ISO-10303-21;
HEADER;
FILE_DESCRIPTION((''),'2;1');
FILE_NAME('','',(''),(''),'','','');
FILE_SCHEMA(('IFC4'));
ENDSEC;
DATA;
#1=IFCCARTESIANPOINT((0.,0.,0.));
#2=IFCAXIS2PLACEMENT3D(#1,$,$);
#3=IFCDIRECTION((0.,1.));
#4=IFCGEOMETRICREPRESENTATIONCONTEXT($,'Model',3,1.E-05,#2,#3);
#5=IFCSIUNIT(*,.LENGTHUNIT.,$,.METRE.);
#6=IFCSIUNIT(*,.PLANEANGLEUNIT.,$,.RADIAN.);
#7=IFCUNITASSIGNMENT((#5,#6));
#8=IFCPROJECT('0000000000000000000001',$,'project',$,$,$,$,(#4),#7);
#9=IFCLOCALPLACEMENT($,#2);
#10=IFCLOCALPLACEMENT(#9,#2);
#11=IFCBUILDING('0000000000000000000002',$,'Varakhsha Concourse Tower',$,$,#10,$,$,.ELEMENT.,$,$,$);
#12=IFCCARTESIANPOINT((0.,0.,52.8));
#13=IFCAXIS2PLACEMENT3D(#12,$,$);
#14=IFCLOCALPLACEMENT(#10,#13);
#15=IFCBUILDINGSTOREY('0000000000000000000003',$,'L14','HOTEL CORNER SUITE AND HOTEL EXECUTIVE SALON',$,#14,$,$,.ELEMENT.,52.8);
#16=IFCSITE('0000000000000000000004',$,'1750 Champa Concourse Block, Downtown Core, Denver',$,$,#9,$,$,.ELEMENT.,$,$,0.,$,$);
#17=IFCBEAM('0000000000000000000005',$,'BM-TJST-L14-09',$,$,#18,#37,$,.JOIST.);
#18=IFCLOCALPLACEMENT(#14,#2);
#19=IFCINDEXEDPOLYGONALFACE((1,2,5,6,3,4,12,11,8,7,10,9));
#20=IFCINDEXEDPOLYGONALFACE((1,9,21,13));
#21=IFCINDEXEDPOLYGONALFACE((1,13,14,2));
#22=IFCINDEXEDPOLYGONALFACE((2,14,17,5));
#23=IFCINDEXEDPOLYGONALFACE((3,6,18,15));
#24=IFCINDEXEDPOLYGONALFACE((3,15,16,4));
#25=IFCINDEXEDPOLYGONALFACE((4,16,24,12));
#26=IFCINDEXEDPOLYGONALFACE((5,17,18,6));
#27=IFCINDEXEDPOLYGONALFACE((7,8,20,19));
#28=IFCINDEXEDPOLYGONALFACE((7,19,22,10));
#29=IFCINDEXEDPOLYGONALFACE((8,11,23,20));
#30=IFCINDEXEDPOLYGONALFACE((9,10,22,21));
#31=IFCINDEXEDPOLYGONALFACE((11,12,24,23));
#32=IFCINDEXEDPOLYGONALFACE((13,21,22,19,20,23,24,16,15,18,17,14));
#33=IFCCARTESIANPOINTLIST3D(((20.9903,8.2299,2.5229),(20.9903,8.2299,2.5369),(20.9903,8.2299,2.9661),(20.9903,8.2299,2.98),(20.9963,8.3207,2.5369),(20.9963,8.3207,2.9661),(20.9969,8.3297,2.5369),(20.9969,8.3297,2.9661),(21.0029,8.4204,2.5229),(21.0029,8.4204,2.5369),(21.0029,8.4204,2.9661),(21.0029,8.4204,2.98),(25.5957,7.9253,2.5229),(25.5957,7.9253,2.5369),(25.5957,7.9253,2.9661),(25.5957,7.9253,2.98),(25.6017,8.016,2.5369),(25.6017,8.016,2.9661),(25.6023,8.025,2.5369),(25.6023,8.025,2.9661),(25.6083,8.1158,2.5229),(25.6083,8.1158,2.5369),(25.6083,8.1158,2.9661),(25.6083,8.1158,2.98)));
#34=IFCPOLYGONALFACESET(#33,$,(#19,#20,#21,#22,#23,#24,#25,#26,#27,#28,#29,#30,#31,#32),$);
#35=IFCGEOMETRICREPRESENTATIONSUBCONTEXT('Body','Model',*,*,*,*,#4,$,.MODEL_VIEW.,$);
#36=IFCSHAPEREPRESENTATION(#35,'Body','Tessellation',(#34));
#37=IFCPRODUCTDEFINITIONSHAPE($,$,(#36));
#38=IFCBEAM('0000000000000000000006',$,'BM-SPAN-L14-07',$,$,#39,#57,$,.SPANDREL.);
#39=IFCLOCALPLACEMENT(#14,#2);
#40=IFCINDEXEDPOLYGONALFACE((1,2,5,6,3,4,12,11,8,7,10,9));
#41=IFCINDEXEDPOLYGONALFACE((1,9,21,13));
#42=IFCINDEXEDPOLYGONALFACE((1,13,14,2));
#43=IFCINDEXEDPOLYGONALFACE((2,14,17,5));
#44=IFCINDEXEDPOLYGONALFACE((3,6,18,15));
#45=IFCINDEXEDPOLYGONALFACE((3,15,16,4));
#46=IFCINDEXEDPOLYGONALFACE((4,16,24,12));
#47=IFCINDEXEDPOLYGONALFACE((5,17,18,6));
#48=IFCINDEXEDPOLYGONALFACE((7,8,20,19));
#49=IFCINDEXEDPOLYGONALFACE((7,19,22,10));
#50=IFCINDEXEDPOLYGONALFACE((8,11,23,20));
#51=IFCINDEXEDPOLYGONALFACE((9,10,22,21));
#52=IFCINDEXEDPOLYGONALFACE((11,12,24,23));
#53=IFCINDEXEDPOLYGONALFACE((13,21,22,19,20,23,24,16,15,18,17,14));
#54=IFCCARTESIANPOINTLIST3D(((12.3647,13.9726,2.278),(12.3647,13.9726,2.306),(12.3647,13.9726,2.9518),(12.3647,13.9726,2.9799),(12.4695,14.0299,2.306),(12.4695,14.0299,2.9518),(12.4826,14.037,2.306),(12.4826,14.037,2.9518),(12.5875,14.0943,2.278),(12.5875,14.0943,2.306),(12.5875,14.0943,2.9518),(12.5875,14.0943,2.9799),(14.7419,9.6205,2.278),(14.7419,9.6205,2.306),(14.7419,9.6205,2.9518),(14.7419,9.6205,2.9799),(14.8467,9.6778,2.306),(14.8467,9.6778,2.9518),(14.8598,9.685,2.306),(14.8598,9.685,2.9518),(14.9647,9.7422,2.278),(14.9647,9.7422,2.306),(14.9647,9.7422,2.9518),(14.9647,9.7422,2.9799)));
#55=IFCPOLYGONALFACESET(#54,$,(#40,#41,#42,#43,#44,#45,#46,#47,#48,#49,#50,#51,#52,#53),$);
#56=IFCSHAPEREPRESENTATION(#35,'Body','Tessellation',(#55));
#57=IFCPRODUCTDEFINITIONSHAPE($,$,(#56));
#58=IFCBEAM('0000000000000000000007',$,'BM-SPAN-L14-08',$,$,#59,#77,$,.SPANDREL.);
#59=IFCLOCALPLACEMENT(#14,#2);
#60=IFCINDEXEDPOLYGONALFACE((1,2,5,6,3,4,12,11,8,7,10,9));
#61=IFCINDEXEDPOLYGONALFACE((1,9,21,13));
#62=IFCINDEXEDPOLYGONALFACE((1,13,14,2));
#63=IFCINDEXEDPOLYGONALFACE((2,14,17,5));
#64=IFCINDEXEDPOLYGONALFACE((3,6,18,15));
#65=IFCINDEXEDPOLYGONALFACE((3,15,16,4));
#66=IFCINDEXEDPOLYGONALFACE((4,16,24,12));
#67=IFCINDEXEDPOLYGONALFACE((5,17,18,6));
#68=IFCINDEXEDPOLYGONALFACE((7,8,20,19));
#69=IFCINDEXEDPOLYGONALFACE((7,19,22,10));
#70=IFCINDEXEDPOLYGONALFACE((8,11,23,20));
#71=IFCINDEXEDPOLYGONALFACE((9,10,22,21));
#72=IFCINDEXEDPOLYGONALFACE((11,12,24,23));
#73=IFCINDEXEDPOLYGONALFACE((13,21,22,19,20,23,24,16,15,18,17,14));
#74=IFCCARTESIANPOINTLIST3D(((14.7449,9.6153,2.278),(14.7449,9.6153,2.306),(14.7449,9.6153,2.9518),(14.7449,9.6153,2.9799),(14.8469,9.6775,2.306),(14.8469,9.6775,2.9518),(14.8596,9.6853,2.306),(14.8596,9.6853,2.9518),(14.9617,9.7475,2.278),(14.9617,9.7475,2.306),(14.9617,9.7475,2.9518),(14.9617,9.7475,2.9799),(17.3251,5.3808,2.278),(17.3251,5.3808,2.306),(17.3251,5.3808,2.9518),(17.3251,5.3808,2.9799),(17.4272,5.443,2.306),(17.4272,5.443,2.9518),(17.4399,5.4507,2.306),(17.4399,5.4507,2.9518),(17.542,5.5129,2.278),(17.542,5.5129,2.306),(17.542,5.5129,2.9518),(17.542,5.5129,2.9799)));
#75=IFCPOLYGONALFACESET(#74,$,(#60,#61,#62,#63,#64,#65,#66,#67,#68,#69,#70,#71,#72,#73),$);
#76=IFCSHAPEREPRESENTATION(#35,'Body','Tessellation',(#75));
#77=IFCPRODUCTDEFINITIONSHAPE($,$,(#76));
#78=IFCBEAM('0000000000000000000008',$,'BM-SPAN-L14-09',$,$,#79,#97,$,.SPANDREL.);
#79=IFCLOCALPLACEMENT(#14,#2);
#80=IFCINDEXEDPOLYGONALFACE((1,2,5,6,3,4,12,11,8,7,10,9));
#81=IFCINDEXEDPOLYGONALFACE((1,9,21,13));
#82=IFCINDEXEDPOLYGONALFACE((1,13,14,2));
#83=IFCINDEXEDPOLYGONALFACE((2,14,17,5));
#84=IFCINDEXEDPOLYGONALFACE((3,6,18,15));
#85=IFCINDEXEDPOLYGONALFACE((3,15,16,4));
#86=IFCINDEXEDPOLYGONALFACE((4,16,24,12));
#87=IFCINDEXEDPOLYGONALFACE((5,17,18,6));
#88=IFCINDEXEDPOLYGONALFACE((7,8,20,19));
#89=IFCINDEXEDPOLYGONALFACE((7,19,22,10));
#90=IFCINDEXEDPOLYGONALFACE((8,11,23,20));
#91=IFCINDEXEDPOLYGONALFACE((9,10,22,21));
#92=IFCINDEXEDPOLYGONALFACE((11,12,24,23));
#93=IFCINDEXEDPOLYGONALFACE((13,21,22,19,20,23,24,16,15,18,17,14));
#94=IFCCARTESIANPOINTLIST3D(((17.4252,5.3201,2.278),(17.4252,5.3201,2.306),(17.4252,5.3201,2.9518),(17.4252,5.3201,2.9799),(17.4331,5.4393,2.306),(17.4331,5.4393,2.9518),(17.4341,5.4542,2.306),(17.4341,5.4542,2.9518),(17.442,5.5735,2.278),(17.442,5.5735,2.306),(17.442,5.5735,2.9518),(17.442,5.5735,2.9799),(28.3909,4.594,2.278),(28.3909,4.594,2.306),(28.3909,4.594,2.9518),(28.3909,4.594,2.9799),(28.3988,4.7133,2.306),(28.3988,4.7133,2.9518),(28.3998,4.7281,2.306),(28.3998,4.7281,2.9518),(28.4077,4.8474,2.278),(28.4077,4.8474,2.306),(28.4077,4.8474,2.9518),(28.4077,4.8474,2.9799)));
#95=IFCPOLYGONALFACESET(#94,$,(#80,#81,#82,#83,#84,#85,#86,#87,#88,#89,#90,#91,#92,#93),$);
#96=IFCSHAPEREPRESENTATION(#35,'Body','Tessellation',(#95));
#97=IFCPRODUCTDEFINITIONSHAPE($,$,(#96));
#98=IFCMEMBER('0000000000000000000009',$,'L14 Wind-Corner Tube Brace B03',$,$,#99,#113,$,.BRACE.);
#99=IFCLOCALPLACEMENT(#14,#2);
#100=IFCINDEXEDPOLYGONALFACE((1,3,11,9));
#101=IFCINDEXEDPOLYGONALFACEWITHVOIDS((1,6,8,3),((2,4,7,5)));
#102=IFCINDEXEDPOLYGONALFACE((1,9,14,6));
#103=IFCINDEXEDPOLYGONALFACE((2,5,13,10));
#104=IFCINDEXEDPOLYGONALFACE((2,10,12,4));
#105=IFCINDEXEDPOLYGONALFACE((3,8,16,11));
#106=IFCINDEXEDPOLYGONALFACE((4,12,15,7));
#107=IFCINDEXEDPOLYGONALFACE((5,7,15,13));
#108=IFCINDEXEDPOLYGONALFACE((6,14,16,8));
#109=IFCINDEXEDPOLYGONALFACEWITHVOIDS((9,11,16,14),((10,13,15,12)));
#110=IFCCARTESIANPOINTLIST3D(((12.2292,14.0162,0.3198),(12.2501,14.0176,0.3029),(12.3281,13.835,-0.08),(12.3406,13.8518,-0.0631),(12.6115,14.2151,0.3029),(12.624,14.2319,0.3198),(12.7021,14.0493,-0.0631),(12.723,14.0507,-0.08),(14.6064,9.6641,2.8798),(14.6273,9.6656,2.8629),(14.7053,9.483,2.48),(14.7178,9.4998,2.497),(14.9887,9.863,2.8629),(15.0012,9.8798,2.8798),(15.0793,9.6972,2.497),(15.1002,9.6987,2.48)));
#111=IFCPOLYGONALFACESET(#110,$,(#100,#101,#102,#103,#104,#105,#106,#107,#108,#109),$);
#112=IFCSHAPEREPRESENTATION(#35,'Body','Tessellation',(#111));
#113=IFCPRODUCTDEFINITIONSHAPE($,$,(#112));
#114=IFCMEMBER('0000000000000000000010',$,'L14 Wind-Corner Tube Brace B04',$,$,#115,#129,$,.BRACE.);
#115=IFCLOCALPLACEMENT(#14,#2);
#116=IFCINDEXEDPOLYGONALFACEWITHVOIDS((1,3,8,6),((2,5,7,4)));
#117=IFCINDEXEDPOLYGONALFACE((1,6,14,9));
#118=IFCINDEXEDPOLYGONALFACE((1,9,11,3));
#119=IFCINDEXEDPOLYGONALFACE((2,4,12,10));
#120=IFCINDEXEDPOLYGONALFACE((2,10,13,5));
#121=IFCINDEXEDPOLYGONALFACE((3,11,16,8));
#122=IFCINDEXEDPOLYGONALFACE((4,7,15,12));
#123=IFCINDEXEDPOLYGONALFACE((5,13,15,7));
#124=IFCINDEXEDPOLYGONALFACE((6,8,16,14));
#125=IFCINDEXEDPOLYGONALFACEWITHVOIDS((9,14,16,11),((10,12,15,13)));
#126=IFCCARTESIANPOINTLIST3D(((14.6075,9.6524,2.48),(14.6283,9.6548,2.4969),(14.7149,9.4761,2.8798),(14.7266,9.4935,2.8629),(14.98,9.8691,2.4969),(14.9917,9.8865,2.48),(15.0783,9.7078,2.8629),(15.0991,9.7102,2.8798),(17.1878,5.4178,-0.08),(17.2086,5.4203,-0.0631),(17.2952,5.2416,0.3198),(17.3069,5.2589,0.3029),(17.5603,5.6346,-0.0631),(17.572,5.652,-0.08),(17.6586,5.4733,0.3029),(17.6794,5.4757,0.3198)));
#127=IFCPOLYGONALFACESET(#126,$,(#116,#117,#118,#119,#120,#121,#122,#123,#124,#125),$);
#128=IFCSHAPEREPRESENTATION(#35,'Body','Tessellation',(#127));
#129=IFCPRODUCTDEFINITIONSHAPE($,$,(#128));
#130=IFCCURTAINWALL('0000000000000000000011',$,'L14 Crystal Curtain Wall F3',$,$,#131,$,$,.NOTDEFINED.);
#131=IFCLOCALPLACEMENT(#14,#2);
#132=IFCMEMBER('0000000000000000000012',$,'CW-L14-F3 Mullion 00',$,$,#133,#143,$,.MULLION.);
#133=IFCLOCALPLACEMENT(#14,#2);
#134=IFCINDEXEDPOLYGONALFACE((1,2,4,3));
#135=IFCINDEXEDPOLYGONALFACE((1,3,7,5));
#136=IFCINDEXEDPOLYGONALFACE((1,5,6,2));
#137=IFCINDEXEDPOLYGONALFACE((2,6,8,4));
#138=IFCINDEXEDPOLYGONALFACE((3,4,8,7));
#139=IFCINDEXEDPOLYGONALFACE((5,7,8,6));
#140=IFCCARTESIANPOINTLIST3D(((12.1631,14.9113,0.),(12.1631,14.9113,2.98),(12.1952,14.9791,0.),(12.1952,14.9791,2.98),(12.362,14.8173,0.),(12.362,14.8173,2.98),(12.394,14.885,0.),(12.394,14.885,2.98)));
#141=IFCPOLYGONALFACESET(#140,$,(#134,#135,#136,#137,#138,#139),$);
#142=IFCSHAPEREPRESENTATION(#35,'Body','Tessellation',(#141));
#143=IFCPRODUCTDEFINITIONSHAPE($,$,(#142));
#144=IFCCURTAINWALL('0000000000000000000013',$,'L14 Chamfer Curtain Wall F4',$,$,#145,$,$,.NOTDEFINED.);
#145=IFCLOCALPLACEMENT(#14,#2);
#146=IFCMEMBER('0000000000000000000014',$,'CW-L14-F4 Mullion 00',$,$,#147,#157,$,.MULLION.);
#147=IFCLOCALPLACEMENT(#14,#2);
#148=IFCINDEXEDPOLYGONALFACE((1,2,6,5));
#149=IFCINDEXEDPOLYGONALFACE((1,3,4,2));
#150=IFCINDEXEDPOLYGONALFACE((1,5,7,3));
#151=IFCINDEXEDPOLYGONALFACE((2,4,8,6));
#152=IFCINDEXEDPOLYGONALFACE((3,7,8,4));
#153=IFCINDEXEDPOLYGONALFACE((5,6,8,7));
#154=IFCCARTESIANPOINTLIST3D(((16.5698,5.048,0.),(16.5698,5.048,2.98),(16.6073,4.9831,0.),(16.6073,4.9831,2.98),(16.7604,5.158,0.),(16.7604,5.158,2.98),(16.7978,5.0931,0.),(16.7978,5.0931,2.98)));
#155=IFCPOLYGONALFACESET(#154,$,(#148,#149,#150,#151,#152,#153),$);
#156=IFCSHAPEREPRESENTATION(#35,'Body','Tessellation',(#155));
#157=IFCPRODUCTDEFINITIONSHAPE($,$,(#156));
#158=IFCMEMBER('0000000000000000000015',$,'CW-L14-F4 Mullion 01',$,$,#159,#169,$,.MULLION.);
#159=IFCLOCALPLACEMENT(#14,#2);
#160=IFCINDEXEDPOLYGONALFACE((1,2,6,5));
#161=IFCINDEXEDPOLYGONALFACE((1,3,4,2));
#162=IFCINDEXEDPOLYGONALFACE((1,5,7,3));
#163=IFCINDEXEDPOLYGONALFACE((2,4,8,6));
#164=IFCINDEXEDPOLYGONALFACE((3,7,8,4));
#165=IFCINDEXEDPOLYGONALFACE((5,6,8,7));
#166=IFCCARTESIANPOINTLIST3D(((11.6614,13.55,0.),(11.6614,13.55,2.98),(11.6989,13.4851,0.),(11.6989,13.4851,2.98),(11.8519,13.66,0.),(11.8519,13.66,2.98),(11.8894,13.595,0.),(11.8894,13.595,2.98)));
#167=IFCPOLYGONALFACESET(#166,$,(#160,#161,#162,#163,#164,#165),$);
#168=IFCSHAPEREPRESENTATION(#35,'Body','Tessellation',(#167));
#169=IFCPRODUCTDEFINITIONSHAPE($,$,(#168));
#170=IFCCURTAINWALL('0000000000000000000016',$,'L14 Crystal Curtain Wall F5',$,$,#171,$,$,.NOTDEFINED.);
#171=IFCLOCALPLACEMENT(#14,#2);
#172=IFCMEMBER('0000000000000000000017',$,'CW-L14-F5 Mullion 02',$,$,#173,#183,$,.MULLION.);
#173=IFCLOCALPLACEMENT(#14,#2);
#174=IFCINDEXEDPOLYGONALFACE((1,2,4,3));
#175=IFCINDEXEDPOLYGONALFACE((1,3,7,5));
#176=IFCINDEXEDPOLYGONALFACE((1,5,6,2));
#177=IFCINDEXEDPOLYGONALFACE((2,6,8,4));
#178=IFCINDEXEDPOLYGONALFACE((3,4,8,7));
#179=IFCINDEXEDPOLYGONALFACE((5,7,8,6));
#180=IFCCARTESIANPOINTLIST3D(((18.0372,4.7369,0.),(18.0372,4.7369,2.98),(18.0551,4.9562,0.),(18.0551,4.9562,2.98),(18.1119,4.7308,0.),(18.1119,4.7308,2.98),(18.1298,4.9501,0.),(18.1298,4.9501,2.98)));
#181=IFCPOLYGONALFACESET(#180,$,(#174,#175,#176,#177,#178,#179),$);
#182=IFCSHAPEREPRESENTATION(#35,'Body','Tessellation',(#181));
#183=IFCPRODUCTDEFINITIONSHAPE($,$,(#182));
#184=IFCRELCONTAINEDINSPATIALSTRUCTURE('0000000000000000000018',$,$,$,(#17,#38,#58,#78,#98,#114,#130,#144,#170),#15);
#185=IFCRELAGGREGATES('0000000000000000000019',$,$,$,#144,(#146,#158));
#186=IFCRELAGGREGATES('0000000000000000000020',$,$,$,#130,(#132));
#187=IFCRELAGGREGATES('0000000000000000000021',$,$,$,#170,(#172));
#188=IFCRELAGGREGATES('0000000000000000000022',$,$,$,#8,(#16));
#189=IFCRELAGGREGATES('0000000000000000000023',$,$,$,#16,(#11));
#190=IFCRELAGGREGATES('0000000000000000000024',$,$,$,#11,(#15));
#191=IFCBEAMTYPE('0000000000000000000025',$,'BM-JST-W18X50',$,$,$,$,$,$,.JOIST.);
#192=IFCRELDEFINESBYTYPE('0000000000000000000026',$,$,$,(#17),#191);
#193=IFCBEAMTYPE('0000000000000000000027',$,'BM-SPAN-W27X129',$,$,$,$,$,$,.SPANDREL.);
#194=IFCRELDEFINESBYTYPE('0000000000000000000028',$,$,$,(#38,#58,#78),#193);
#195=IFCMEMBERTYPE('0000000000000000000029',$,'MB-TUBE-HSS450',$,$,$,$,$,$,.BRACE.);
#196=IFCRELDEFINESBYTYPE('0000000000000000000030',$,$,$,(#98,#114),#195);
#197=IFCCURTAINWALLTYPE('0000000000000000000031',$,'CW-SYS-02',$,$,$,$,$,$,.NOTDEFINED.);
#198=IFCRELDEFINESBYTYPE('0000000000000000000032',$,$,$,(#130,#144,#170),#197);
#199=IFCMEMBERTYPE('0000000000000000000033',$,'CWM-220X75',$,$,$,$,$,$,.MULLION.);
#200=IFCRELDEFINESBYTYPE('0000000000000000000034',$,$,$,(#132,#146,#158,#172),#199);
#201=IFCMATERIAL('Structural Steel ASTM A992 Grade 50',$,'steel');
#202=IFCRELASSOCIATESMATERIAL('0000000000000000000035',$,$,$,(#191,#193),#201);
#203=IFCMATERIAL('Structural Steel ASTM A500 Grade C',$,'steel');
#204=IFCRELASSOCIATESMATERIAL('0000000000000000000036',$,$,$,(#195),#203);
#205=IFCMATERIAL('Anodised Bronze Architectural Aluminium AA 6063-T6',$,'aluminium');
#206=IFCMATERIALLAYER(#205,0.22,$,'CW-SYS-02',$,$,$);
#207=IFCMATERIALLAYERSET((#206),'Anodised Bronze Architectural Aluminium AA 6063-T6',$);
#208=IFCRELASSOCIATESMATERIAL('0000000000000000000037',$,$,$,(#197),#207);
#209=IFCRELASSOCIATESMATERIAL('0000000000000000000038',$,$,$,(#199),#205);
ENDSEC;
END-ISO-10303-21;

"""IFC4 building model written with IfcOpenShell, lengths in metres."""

from ifc_helpers import new_model, si_unit, direction, frame, origin, origin_2d, place, context, subcontext, project, spatial, rectangle, hollow_rectangle, i_section, extrude, source, transform, mapped, material, layer, layer_set, material_profile, profile_set, type_object, type_shapes, element, aggregate, save


model = new_model("IFC4")

# Units and contexts
model_context = context("Model", 3, precision=1e-05, world=origin(), true_north=direction((0.0, 1.0)))
body_context = subcontext(model_context, "Body", "Model", "MODEL_VIEW")
ifc_project = project(units=[si_unit("LENGTHUNIT", "METRE"), si_unit("PLANEANGLEUNIT", "RADIAN")], contexts=[model_context])

# Site, building, storey
site_placement = place(None, origin())
site = spatial("IfcSite", under=ifc_project, at=site_placement, Name="1750 Champa Concourse Block, Downtown Core, Denver", CompositionType="ELEMENT", RefElevation=0.0)
building_placement = place(site_placement, origin())
building = spatial("IfcBuilding", under=site, at=building_placement, Name="Varakhsha Concourse Tower", CompositionType="ELEMENT")
storey_placement = place(building_placement, frame((0.0, 0.0, 52.8)))
storey = spatial("IfcBuildingStorey", under=building, at=storey_placement, Name="L14", Description="HOTEL CORNER SUITE AND HOTEL EXECUTIVE SALON", CompositionType="ELEMENT", Elevation=52.8)

# Shared definitions
ifc_material_1 = material(Name="Structural Steel ASTM A992 Grade 50", Category="steel")

# Beams
ifc_material_profile_1 = material_profile(ifc_material_1, i_section(OverallWidth=0.1909, OverallDepth=0.457, WebThickness=0.009, FlangeThickness=0.0139, at=origin_2d()), Name="W18X50")
ifc_profile_set_1 = profile_set([ifc_material_profile_1], Name="Structural Steel ASTM A992 Grade 50")
beam_type_1 = type_object("IfcBeamType", Name="BM-JST-W18X50", PredefinedType="JOIST", material=ifc_profile_set_1)
beam_1_placement = place(storey_placement, frame((20.9966, 8.3252, 2.7515), z_axis=(0.997819, -0.066013, 0.0), x_axis=(0.066013, 0.997819, 0.0)))
element("IfcBeam", 1, at=beam_1_placement, inside=storey, type_object=beam_type_1, Name="BM-TJST-L14-09", PredefinedType="JOIST", context=body_context, shape_type="SweptSolid", body=[
    extrude(i_section(OverallWidth=0.1909, OverallDepth=0.457, WebThickness=0.009, FlangeThickness=0.0139, at=origin_2d()), origin(), (0.0, 0.0, 1.0), 4.6155),
])
ifc_material_profile_2 = material_profile(ifc_material_1, i_section(OverallWidth=0.2539, OverallDepth=0.7019, WebThickness=0.0149, FlangeThickness=0.0281, at=origin_2d()), Name="W27X129")
ifc_profile_set_2 = profile_set([ifc_material_profile_2], Name="Structural Steel ASTM A992 Grade 50")
beam_type_2 = type_object("IfcBeamType", Name="BM-SPAN-W27X129", PredefinedType="SPANDREL", material=ifc_profile_set_2)
beam_2_placement = place(storey_placement, frame((12.4761, 14.0334, 2.6289), z_axis=(0.479373, -0.877611, 0.0), x_axis=(0.877611, 0.479373, 0.0)))
element("IfcBeam", 2, at=beam_2_placement, inside=storey, type_object=beam_type_2, Name="BM-SPAN-L14-07", PredefinedType="SPANDREL", context=body_context, shape_type="SweptSolid", body=[
    extrude(i_section(OverallWidth=0.2539, OverallDepth=0.7019, WebThickness=0.0149, FlangeThickness=0.0281, at=origin_2d()), origin(), (0.0, 0.0, 1.0), 4.959),
])
beam_3_placement = place(storey_placement, frame((14.8533, 9.6814, 2.6289), z_axis=(0.520348, -0.853954, 0.0), x_axis=(0.853954, 0.520348, 0.0)))
element("IfcBeam", 3, at=beam_3_placement, inside=storey, type_object=beam_type_2, Name="BM-SPAN-L14-08", PredefinedType="SPANDREL", context=body_context, shape_type="SweptSolid", body=[
    extrude(i_section(OverallWidth=0.2539, OverallDepth=0.7019, WebThickness=0.0149, FlangeThickness=0.0281, at=origin_2d()), origin(), (0.0, 0.0, 1.0), 4.9587),
])
beam_4_placement = place(storey_placement, frame((17.4336, 5.4468, 2.6289), z_axis=(0.997815, -0.066068, 0.0), x_axis=(0.066068, 0.997815, 0.0)))
element("IfcBeam", 4, at=beam_4_placement, inside=storey, type_object=beam_type_2, Name="BM-SPAN-L14-09", PredefinedType="SPANDREL", context=body_context, shape_type="SweptSolid", body=[
    extrude(i_section(OverallWidth=0.2539, OverallDepth=0.7019, WebThickness=0.0149, FlangeThickness=0.0281, at=origin_2d()), origin(), (0.0, 0.0, 1.0), 10.9897),
])

# Members
ifc_material_2 = material(Name="Structural Steel ASTM A500 Grade C", Category="steel")
ifc_material_profile_3 = material_profile(ifc_material_2, hollow_rectangle(XDim=0.45, YDim=0.45, WallThickness=0.019, at=origin_2d()), Name="HSS 450x450x19")
ifc_profile_set_3 = profile_set([ifc_material_profile_3], Name="Structural Steel ASTM A500 Grade C")
member_type_1 = type_object("IfcMemberType", Name="MB-TUBE-HSS450", PredefinedType="BRACE", material=ifc_profile_set_3)
shared_shape_1 = source(origin(), body_context, "Body", "SweptSolid", [
    extrude(hollow_rectangle(XDim=0.45, YDim=0.45, WallThickness=0.019, at=origin_2d()), origin(), (0.0, 0.0, 1.0), 5.5808),
])
member_1_placement = place(storey_placement, frame((12.4761, 14.0334, 0.1199), z_axis=(0.42596, -0.779826, 0.458726), x_axis=(0.877611, 0.479373, 0.0)))
element("IfcMember", 5, at=member_1_placement, inside=storey, type_object=member_type_1, Name="L14 Wind-Corner Tube Brace B03", PredefinedType="BRACE", context=body_context, shape_type="MappedRepresentation", body=[
    mapped(shared_shape_1, transform((0.0, 0.0, 0.0), scale=1.0)),
])
shared_shape_2 = source(origin(), body_context, "Body", "SweptSolid", [
    extrude(hollow_rectangle(XDim=0.45, YDim=0.45, WallThickness=0.019, at=origin_2d()), origin(), (0.0, 0.0, 1.0), 5.5806),
])
type_shapes(member_type_1, [shared_shape_1, shared_shape_2])
member_2_placement = place(storey_placement, frame((17.4336, 5.4468, 0.1199), z_axis=(-0.462367, 0.7588, 0.458736), x_axis=(-0.853954, -0.520348, 0.0)))
element("IfcMember", 6, at=member_2_placement, inside=storey, type_object=member_type_1, Name="L14 Wind-Corner Tube Brace B04", PredefinedType="BRACE", context=body_context, shape_type="MappedRepresentation", body=[
    mapped(shared_shape_2, transform((0.0, 0.0, 0.0), scale=1.0)),
])

# Curtain wall, member
ifc_material_3 = material(Name="Anodised Bronze Architectural Aluminium AA 6063-T6", Category="aluminium")
ifc_layer_1 = layer(ifc_material_3, 0.22, Name="CW-SYS-02")
ifc_layer_set_1 = layer_set([ifc_layer_1], Name="Anodised Bronze Architectural Aluminium AA 6063-T6")
curtain_wall_type = type_object("IfcCurtainWallType", Name="CW-SYS-02", PredefinedType="NOTDEFINED", material=ifc_layer_set_1)
curtain_wall_1_placement = place(storey_placement, origin())
curtain_wall_1 = element("IfcCurtainWall", 7, at=curtain_wall_1_placement, inside=storey, type_object=curtain_wall_type, Name="L14 Crystal Curtain Wall F3", PredefinedType="NOTDEFINED")
ifc_material_profile_4 = material_profile(ifc_material_3, rectangle(XDim=0.075, YDim=0.22, at=origin_2d()), Name="CWM-220X75")
ifc_profile_set_4 = profile_set([ifc_material_profile_4], Name="Anodised Bronze Architectural Aluminium AA 6063-T6")
member_type_2 = type_object("IfcMemberType", Name="CWM-220X75", PredefinedType="MULLION", material=ifc_profile_set_4)
shared_shape_3 = source(origin(), body_context, "Body", "SweptSolid", [
    extrude(rectangle(XDim=0.075, YDim=0.22, at=origin_2d()), origin(), (0.0, 0.0, 1.0), 2.98),
])
type_shapes(member_type_2, [shared_shape_3])
member_3_placement = place(storey_placement, frame((12.2786, 14.8982, 0.0), z_axis=(0.0, 0.0, 1.0), x_axis=(0.427604, 0.903966, 0.0)))
member_3 = element("IfcMember", 8, at=member_3_placement, type_object=member_type_2, Name="CW-L14-F3 Mullion 00", PredefinedType="MULLION", context=body_context, shape_type="MappedRepresentation", body=[
    mapped(shared_shape_3, transform((0.0, 0.0, 0.0), scale=1.0)),
])

# Curtain wall, members
curtain_wall_2_placement = place(storey_placement, origin())
curtain_wall_2 = element("IfcCurtainWall", 9, at=curtain_wall_2_placement, inside=storey, type_object=curtain_wall_type, Name="L14 Chamfer Curtain Wall F4", PredefinedType="NOTDEFINED")
member_4_placement = place(storey_placement, frame((16.6838, 5.0706, 0.0), z_axis=(0.0, 0.0, 1.0), x_axis=(-0.499994, 0.866029, 0.0)))
member_4 = element("IfcMember", 10, at=member_4_placement, type_object=member_type_2, Name="CW-L14-F4 Mullion 00", PredefinedType="MULLION", context=body_context, shape_type="MappedRepresentation", body=[
    mapped(shared_shape_3, transform((0.0, 0.0, 0.0), scale=1.0)),
])
member_5_placement = place(storey_placement, frame((11.7754, 13.5725, 0.0), z_axis=(0.0, 0.0, 1.0), x_axis=(-0.499994, 0.866029, 0.0)))
member_5 = element("IfcMember", 11, at=member_5_placement, type_object=member_type_2, Name="CW-L14-F4 Mullion 01", PredefinedType="MULLION", context=body_context, shape_type="MappedRepresentation", body=[
    mapped(shared_shape_3, transform((0.0, 0.0, 0.0), scale=1.0)),
])

# Curtain wall, member
curtain_wall_3_placement = place(storey_placement, origin())
curtain_wall_3 = element("IfcCurtainWall", 12, at=curtain_wall_3_placement, inside=storey, type_object=curtain_wall_type, Name="L14 Crystal Curtain Wall F5", PredefinedType="NOTDEFINED")
member_6_placement = place(storey_placement, frame((18.0835, 4.8435, 0.0), z_axis=(0.0, 0.0, 1.0), x_axis=(-0.99666, 0.081664, 0.0)))
member_6 = element("IfcMember", 13, at=member_6_placement, type_object=member_type_2, Name="CW-L14-F5 Mullion 02", PredefinedType="MULLION", context=body_context, shape_type="MappedRepresentation", body=[
    mapped(shared_shape_3, transform((0.0, 0.0, 0.0), scale=1.0)),
])

aggregate(curtain_wall_2, [member_4, member_5])
aggregate(curtain_wall_1, [member_3])
aggregate(curtain_wall_3, [member_6])

save(model, "model.ifc")
